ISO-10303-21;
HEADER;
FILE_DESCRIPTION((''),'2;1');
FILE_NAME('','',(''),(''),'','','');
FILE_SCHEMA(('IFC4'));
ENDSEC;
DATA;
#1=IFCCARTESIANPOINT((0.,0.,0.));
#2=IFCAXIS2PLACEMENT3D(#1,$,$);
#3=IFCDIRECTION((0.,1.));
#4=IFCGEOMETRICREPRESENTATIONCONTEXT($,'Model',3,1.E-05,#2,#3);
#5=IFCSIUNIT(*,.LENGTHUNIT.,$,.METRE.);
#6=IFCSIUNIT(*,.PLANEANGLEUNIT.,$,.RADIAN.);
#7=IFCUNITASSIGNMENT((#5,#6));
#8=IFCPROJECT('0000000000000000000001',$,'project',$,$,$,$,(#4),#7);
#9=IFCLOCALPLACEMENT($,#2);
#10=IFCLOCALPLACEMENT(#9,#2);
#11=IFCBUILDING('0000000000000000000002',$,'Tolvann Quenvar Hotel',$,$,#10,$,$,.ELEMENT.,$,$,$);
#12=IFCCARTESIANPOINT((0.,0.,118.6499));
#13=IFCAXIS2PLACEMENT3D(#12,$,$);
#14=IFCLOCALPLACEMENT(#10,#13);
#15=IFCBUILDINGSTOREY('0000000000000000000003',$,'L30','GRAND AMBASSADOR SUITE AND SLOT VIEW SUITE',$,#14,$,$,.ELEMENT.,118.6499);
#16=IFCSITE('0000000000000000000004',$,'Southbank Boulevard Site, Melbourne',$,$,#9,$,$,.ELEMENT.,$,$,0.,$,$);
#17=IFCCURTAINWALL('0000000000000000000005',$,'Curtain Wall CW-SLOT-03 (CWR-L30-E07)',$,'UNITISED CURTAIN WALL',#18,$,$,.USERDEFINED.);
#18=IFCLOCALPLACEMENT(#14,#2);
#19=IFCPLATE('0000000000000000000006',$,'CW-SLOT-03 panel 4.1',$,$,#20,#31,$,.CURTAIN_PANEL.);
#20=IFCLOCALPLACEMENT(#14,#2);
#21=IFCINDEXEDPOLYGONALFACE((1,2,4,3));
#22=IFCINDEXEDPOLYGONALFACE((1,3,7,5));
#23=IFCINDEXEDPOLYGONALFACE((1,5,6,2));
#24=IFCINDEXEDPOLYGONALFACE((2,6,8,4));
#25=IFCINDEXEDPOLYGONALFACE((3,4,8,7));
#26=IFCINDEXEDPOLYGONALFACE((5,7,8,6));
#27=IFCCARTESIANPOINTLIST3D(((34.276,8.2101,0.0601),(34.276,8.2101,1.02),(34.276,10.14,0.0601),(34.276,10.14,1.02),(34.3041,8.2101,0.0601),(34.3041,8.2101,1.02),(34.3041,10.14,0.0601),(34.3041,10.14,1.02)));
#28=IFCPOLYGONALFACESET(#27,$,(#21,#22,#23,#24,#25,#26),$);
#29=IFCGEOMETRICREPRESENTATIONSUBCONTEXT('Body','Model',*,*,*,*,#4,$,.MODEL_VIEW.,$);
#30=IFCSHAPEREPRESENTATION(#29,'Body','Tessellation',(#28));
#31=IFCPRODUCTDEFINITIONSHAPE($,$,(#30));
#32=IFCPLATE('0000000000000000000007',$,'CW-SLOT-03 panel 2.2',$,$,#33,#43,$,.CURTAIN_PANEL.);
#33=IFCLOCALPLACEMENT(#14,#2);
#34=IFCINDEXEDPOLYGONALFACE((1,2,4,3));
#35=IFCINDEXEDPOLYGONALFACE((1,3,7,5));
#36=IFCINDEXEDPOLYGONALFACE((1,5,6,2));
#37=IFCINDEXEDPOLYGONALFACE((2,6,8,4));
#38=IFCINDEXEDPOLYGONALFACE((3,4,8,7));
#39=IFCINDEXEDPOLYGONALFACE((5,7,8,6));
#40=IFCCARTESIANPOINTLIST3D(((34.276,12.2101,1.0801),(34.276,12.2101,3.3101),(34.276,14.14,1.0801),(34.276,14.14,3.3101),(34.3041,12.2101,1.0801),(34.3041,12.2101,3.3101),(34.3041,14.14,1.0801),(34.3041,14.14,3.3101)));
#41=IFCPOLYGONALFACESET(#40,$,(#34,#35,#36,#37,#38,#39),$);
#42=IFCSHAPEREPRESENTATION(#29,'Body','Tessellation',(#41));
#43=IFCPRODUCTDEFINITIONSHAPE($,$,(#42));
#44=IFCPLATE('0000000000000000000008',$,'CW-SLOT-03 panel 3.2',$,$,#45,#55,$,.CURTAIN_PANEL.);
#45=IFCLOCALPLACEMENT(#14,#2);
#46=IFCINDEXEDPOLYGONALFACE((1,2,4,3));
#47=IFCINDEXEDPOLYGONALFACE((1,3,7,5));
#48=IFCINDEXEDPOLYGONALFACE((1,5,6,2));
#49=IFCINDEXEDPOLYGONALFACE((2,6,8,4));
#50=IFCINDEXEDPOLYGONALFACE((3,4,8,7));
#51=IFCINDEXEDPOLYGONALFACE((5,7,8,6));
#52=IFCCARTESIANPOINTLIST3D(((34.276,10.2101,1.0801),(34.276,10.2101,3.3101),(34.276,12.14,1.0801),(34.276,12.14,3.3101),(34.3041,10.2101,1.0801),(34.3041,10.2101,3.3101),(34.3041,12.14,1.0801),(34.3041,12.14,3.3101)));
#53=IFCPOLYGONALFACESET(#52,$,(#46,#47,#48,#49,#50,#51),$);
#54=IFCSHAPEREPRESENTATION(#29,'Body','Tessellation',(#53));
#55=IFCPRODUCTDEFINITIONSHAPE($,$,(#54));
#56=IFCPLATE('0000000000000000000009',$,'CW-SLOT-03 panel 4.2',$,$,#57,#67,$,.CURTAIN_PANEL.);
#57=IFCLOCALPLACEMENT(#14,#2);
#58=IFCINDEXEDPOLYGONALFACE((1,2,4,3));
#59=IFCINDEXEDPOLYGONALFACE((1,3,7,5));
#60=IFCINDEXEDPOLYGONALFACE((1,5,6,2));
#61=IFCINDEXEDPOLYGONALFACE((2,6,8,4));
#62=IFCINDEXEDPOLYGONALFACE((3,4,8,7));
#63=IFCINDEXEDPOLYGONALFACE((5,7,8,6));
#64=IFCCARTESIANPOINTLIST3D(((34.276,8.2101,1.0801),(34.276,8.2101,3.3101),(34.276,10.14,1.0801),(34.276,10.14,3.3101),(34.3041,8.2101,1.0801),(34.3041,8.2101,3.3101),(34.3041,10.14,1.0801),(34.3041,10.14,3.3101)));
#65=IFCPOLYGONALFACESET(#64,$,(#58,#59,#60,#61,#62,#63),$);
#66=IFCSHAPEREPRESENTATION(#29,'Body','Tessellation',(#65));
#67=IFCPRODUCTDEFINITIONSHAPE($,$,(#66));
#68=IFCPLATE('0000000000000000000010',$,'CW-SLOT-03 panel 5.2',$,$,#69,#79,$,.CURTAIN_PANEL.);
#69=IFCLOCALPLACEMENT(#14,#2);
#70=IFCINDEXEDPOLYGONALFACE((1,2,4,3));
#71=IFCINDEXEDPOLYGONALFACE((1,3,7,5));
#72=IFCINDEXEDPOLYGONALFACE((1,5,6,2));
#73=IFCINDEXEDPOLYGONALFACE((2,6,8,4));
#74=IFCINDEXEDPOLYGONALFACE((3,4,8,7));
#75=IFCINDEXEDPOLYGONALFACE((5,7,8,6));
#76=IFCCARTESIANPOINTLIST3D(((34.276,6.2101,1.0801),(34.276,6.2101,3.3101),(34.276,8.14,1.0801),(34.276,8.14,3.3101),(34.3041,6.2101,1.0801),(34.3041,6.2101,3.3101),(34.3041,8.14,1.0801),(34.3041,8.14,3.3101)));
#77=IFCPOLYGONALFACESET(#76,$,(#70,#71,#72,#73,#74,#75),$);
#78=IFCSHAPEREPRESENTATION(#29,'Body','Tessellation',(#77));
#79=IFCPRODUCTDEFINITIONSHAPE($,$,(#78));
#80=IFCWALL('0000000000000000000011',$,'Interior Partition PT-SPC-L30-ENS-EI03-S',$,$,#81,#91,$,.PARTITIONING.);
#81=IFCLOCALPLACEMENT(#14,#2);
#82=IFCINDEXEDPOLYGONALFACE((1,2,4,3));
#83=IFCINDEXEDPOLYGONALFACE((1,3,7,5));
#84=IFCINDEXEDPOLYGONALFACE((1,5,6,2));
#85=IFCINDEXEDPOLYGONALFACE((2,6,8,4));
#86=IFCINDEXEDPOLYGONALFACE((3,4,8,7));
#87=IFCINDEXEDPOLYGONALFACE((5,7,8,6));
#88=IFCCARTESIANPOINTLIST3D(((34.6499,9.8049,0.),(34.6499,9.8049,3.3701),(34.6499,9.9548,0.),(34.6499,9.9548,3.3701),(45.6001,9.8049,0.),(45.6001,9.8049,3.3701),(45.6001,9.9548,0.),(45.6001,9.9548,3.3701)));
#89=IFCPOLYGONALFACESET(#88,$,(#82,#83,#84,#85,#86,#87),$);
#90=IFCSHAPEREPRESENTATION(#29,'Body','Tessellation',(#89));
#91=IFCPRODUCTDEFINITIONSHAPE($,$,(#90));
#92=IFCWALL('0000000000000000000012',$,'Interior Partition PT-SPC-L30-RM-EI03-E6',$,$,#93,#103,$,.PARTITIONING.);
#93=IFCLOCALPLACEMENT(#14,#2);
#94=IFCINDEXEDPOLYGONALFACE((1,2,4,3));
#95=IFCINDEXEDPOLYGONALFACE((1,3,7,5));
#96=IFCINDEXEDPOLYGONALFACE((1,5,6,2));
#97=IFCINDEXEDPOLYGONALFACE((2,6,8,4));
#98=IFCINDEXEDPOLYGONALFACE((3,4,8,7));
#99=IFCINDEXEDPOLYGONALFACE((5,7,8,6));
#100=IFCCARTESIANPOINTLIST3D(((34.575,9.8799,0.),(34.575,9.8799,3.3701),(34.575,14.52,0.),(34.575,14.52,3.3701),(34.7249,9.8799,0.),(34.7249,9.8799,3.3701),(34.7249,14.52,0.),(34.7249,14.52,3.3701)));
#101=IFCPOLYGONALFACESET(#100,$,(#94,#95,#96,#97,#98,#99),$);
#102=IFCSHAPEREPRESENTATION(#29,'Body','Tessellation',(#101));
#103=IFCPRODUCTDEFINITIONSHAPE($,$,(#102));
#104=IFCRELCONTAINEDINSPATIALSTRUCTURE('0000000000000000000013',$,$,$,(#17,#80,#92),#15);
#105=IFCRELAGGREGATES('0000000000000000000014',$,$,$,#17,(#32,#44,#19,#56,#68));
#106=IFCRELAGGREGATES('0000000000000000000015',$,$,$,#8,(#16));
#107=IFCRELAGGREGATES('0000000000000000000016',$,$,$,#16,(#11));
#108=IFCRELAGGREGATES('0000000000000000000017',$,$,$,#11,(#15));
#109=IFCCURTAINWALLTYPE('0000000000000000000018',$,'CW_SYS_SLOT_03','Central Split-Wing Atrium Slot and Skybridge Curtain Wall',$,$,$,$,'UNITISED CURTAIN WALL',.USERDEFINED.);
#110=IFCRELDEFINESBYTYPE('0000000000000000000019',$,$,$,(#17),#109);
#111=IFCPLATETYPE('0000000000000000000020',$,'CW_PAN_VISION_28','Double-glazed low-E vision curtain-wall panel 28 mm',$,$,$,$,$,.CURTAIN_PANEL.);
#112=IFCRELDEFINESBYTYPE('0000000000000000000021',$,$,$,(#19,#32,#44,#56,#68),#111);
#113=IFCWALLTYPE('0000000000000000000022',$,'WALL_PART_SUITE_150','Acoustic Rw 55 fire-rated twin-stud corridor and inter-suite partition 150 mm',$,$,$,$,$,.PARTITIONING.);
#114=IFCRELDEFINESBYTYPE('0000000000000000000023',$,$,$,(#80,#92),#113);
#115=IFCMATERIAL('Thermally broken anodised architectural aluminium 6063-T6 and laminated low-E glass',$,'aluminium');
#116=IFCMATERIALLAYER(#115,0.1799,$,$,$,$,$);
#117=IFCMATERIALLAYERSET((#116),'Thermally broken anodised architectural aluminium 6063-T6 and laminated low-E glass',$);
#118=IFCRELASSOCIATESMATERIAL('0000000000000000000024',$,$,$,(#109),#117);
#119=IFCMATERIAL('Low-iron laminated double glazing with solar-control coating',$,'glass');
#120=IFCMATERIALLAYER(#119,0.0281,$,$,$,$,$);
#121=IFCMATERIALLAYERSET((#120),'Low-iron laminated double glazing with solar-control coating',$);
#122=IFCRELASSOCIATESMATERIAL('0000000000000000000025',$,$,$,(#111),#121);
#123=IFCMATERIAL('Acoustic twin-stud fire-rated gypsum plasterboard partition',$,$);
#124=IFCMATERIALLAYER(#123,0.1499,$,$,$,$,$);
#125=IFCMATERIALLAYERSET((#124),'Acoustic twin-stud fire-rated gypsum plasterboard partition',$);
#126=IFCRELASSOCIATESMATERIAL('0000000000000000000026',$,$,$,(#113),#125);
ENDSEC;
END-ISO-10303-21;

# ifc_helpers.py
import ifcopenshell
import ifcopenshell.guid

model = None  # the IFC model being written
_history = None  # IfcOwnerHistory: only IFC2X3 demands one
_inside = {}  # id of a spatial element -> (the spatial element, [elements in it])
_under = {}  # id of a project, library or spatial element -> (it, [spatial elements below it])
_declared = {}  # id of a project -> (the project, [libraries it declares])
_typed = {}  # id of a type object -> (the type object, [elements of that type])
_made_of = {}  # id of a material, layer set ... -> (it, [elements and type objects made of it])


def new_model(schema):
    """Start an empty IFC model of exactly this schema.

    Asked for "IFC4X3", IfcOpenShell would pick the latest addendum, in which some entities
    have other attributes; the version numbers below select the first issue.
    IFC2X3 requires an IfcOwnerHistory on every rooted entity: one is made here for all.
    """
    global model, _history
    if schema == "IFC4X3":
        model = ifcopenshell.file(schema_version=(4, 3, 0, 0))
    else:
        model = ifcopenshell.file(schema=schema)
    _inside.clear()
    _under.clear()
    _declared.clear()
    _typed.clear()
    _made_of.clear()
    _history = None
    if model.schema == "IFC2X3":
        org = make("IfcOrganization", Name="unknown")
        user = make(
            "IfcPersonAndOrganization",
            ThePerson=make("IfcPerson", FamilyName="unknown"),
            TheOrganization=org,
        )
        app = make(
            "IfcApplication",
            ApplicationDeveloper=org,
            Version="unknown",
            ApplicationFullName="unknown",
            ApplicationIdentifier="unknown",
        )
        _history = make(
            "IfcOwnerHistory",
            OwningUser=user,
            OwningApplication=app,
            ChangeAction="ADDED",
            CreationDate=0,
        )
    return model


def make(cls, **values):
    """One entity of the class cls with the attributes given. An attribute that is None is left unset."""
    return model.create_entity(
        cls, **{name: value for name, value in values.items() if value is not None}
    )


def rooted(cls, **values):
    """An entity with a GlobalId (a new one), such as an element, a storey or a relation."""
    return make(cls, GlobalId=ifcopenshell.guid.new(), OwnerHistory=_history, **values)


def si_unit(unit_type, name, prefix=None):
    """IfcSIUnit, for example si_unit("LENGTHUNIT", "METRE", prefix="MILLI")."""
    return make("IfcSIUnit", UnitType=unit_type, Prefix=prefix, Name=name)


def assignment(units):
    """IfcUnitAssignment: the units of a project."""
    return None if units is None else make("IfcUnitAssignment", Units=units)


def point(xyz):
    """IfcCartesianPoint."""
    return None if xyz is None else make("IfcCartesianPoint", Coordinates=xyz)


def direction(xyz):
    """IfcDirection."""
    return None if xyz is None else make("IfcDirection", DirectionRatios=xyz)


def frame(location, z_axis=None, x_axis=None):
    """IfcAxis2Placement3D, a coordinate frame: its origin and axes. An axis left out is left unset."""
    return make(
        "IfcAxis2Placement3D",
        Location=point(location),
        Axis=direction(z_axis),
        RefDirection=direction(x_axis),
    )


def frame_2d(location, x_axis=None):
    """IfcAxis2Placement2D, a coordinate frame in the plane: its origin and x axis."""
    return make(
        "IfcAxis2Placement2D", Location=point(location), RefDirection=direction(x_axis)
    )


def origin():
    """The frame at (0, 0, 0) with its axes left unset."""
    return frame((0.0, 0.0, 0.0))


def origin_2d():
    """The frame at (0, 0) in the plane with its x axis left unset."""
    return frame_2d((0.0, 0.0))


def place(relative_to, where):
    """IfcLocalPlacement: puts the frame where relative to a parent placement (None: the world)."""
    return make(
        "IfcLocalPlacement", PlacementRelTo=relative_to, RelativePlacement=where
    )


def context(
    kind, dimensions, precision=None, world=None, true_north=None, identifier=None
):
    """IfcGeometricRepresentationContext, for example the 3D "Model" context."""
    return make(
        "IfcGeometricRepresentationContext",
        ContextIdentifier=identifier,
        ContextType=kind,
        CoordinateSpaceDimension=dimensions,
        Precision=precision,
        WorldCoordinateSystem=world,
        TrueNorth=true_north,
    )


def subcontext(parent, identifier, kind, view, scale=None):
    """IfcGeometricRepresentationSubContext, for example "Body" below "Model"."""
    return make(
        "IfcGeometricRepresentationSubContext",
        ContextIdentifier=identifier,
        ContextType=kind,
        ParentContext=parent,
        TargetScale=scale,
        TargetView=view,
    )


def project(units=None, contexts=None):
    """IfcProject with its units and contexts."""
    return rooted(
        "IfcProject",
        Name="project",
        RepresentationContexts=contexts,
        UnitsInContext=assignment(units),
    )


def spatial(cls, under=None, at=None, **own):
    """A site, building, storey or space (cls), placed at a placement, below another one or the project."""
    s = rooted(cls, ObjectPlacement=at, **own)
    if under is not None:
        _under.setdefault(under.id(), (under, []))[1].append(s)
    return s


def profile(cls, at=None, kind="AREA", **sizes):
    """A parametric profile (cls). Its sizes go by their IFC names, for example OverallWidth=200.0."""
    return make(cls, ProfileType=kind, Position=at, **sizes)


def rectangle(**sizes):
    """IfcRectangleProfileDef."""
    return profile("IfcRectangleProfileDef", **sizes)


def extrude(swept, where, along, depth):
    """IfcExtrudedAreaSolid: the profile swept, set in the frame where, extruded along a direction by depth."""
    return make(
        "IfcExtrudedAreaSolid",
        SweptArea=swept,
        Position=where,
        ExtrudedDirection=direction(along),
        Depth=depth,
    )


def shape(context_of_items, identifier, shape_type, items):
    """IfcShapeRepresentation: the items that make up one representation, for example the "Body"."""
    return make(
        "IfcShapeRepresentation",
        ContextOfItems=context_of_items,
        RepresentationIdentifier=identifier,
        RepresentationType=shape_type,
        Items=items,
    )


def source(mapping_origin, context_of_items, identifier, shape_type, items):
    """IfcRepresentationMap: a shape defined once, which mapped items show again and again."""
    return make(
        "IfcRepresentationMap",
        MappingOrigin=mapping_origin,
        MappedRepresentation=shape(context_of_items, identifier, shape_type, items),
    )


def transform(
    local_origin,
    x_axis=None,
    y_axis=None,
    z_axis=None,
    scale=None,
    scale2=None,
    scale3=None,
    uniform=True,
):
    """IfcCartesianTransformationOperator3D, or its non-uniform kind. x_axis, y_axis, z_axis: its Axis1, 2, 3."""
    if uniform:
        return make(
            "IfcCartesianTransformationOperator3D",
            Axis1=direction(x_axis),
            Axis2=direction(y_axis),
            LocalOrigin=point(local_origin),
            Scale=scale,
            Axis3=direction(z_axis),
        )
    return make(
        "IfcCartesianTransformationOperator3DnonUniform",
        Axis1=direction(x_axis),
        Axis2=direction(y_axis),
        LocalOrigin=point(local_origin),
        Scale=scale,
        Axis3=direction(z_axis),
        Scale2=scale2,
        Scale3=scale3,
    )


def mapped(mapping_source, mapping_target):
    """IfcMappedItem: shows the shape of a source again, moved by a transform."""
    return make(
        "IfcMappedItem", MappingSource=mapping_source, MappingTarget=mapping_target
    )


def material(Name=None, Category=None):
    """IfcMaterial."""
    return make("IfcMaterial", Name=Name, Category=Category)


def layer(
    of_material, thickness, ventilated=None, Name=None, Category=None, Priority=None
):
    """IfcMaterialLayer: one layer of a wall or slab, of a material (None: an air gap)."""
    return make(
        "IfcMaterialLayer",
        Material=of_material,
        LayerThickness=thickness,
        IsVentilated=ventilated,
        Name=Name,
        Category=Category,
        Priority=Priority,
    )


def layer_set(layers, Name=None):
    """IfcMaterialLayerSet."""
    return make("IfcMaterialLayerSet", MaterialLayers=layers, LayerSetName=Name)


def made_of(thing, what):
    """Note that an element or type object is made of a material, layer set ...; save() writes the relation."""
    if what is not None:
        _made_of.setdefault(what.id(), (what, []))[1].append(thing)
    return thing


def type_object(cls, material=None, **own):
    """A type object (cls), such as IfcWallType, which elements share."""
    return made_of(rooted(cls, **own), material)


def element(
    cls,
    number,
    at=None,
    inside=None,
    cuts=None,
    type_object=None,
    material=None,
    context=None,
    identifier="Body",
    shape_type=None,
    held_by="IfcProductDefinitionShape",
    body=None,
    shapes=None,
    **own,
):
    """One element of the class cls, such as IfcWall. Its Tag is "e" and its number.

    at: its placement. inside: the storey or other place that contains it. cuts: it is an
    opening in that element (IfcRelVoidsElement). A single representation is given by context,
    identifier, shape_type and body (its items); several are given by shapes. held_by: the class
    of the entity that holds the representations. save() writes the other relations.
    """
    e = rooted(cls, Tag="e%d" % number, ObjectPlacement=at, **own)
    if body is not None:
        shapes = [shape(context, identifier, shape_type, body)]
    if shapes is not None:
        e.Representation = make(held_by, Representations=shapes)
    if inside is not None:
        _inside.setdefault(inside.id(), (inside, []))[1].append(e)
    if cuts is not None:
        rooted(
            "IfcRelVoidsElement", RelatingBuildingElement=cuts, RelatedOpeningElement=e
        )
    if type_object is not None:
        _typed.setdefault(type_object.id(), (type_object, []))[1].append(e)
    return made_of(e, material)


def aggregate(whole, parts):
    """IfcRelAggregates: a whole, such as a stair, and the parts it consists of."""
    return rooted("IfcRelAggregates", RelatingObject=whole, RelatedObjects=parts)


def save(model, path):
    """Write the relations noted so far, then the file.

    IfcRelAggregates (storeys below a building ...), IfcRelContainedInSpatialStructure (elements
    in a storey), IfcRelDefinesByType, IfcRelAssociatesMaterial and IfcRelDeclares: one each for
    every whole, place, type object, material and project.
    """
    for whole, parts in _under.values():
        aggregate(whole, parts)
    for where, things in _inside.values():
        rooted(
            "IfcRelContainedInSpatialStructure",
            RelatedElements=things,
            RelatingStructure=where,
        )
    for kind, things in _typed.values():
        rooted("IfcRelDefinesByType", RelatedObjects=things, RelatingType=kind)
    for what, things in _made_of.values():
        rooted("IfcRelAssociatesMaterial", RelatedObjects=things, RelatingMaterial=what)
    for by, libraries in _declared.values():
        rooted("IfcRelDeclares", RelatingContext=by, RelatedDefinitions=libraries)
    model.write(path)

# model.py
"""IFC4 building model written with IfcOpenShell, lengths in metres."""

from ifc_helpers import new_model, si_unit, direction, frame, frame_2d, origin, origin_2d, place, context, subcontext, project, spatial, rectangle, extrude, source, transform, mapped, material, layer, layer_set, type_object, element, aggregate, save


model = new_model("IFC4")

# Units and contexts
model_context = context("Model", 3, precision=1e-05, world=origin(), true_north=direction((0.0, 1.0)))
body_context = subcontext(model_context, "Body", "Model", "MODEL_VIEW")
ifc_project = project(units=[si_unit("LENGTHUNIT", "METRE"), si_unit("PLANEANGLEUNIT", "RADIAN")], contexts=[model_context])

# Site, building, storey
site_placement = place(None, origin())
site = spatial("IfcSite", under=ifc_project, at=site_placement, Name="Southbank Boulevard Site, Melbourne", CompositionType="ELEMENT", RefElevation=0.0)
building_placement = place(site_placement, origin())
building = spatial("IfcBuilding", under=site, at=building_placement, Name="Tolvann Quenvar Hotel", CompositionType="ELEMENT")
storey_placement = place(building_placement, frame((0.0, 0.0, 118.6499)))
storey = spatial("IfcBuildingStorey", under=building, at=storey_placement, Name="L30", Description="GRAND AMBASSADOR SUITE AND SLOT VIEW SUITE", CompositionType="ELEMENT", Elevation=118.6499)

# Curtain wall
ifc_material_1 = material(Name="Thermally broken anodised architectural aluminium 6063-T6 and laminated low-E glass", Category="aluminium")
ifc_layer_1 = layer(ifc_material_1, 0.1799)
ifc_layer_set_1 = layer_set([ifc_layer_1], Name="Thermally broken anodised architectural aluminium 6063-T6 and laminated low-E glass")
curtain_wall_type = type_object("IfcCurtainWallType", Name="CW_SYS_SLOT_03", Description="Central Split-Wing Atrium Slot and Skybridge Curtain Wall", ElementType="UNITISED CURTAIN WALL", PredefinedType="USERDEFINED", material=ifc_layer_set_1)
curtain_wall_placement = place(storey_placement, origin())
curtain_wall = element("IfcCurtainWall", 1, at=curtain_wall_placement, inside=storey, type_object=curtain_wall_type, Name="Curtain Wall CW-SLOT-03 (CWR-L30-E07)", ObjectType="UNITISED CURTAIN WALL", PredefinedType="USERDEFINED")

# Plates
ifc_material_2 = material(Name="Low-iron laminated double glazing with solar-control coating", Category="glass")
ifc_layer_2 = layer(ifc_material_2, 0.0281)
ifc_layer_set_2 = layer_set([ifc_layer_2], Name="Low-iron laminated double glazing with solar-control coating")
plate_type_1 = type_object("IfcPlateType", Name="CW_PAN_VISION_28", Description="Double-glazed low-E vision curtain-wall panel 28 mm", PredefinedType="CURTAIN_PANEL", material=ifc_layer_set_2)
shared_shape_1 = source(origin(), body_context, "Body", "SweptSolid", [
    extrude(rectangle(XDim=1.9299, YDim=0.0281, at=origin_2d()), origin(), (0.0, 0.0, 1.0), 0.96),
])
plate_1_placement = place(storey_placement, frame((34.29, 9.175, 0.0601), z_axis=(0.0, 0.0, 1.0), x_axis=(0.0, -1.0, 0.0)))
plate_1 = element("IfcPlate", 2, at=plate_1_placement, type_object=plate_type_1, Name="CW-SLOT-03 panel 4.1", PredefinedType="CURTAIN_PANEL", context=body_context, shape_type="MappedRepresentation", body=[
    mapped(shared_shape_1, transform((0.0, 0.0, 0.0), x_axis=(1.0, 0.0, 0.0), y_axis=(0.0, 1.0, 0.0), z_axis=(0.0, 0.0, 1.0), scale=1.0)),
])
shared_shape_2 = source(origin(), body_context, "Body", "SweptSolid", [
    extrude(rectangle(XDim=1.9299, YDim=0.0281, at=origin_2d()), origin(), (0.0, 0.0, 1.0), 2.23),
])
plate_2_placement = place(storey_placement, frame((34.29, 13.175, 1.0801), z_axis=(0.0, 0.0, 1.0), x_axis=(0.0, -1.0, 0.0)))
plate_2 = element("IfcPlate", 3, at=plate_2_placement, type_object=plate_type_1, Name="CW-SLOT-03 panel 2.2", PredefinedType="CURTAIN_PANEL", context=body_context, shape_type="MappedRepresentation", body=[
    mapped(shared_shape_2, transform((0.0, 0.0, 0.0), x_axis=(1.0, 0.0, 0.0), y_axis=(0.0, 1.0, 0.0), z_axis=(0.0, 0.0, 1.0), scale=1.0)),
])
plate_3_placement = place(storey_placement, frame((34.29, 11.175, 1.0801), z_axis=(0.0, 0.0, 1.0), x_axis=(0.0, -1.0, 0.0)))
plate_3 = element("IfcPlate", 4, at=plate_3_placement, type_object=plate_type_1, Name="CW-SLOT-03 panel 3.2", PredefinedType="CURTAIN_PANEL", context=body_context, shape_type="MappedRepresentation", body=[
    mapped(shared_shape_2, transform((0.0, 0.0, 0.0), x_axis=(1.0, 0.0, 0.0), y_axis=(0.0, 1.0, 0.0), z_axis=(0.0, 0.0, 1.0), scale=1.0)),
])
plate_4_placement = place(storey_placement, frame((34.29, 9.175, 1.0801), z_axis=(0.0, 0.0, 1.0), x_axis=(0.0, -1.0, 0.0)))
plate_4 = element("IfcPlate", 5, at=plate_4_placement, type_object=plate_type_1, Name="CW-SLOT-03 panel 4.2", PredefinedType="CURTAIN_PANEL", context=body_context, shape_type="MappedRepresentation", body=[
    mapped(shared_shape_2, transform((0.0, 0.0, 0.0), x_axis=(1.0, 0.0, 0.0), y_axis=(0.0, 1.0, 0.0), z_axis=(0.0, 0.0, 1.0), scale=1.0)),
])
plate_5_placement = place(storey_placement, frame((34.29, 7.175, 1.0801), z_axis=(0.0, 0.0, 1.0), x_axis=(0.0, -1.0, 0.0)))
plate_5 = element("IfcPlate", 6, at=plate_5_placement, type_object=plate_type_1, Name="CW-SLOT-03 panel 5.2", PredefinedType="CURTAIN_PANEL", context=body_context, shape_type="MappedRepresentation", body=[
    mapped(shared_shape_2, transform((0.0, 0.0, 0.0), x_axis=(1.0, 0.0, 0.0), y_axis=(0.0, 1.0, 0.0), z_axis=(0.0, 0.0, 1.0), scale=1.0)),
])
aggregate(curtain_wall, [plate_2, plate_3, plate_1, plate_4, plate_5])

# Walls
ifc_material_3 = material(Name="Acoustic twin-stud fire-rated gypsum plasterboard partition")
ifc_layer_3 = layer(ifc_material_3, 0.1499)
ifc_layer_set_3 = layer_set([ifc_layer_3], Name="Acoustic twin-stud fire-rated gypsum plasterboard partition")
wall_type = type_object("IfcWallType", Name="WALL_PART_SUITE_150", Description="Acoustic Rw 55 fire-rated twin-stud corridor and inter-suite partition 150 mm", PredefinedType="PARTITIONING", material=ifc_layer_set_3)
wall_1_placement = place(storey_placement, frame((34.6499, 9.8799, 0.0), z_axis=(0.0, 0.0, 1.0), x_axis=(1.0, 0.0, 0.0)))
element("IfcWall", 7, at=wall_1_placement, inside=storey, type_object=wall_type, Name="Interior Partition PT-SPC-L30-ENS-EI03-S", PredefinedType="PARTITIONING", context=body_context, shape_type="SweptSolid", body=[
    extrude(rectangle(XDim=10.9502, YDim=0.1499, at=frame_2d((5.4751, 0.0))), origin(), (0.0, 0.0, 1.0), 3.3701),
])
wall_2_placement = place(storey_placement, frame((34.6499, 9.8799, 0.0), z_axis=(0.0, 0.0, 1.0), x_axis=(0.0, 1.0, 0.0)))
element("IfcWall", 8, at=wall_2_placement, inside=storey, type_object=wall_type, Name="Interior Partition PT-SPC-L30-RM-EI03-E6", PredefinedType="PARTITIONING", context=body_context, shape_type="SweptSolid", body=[
    extrude(rectangle(XDim=4.6401, YDim=0.1499, at=frame_2d((2.3201, 0.0))), origin(), (0.0, 0.0, 1.0), 3.3701),
])

save(model, "model.ifc")
